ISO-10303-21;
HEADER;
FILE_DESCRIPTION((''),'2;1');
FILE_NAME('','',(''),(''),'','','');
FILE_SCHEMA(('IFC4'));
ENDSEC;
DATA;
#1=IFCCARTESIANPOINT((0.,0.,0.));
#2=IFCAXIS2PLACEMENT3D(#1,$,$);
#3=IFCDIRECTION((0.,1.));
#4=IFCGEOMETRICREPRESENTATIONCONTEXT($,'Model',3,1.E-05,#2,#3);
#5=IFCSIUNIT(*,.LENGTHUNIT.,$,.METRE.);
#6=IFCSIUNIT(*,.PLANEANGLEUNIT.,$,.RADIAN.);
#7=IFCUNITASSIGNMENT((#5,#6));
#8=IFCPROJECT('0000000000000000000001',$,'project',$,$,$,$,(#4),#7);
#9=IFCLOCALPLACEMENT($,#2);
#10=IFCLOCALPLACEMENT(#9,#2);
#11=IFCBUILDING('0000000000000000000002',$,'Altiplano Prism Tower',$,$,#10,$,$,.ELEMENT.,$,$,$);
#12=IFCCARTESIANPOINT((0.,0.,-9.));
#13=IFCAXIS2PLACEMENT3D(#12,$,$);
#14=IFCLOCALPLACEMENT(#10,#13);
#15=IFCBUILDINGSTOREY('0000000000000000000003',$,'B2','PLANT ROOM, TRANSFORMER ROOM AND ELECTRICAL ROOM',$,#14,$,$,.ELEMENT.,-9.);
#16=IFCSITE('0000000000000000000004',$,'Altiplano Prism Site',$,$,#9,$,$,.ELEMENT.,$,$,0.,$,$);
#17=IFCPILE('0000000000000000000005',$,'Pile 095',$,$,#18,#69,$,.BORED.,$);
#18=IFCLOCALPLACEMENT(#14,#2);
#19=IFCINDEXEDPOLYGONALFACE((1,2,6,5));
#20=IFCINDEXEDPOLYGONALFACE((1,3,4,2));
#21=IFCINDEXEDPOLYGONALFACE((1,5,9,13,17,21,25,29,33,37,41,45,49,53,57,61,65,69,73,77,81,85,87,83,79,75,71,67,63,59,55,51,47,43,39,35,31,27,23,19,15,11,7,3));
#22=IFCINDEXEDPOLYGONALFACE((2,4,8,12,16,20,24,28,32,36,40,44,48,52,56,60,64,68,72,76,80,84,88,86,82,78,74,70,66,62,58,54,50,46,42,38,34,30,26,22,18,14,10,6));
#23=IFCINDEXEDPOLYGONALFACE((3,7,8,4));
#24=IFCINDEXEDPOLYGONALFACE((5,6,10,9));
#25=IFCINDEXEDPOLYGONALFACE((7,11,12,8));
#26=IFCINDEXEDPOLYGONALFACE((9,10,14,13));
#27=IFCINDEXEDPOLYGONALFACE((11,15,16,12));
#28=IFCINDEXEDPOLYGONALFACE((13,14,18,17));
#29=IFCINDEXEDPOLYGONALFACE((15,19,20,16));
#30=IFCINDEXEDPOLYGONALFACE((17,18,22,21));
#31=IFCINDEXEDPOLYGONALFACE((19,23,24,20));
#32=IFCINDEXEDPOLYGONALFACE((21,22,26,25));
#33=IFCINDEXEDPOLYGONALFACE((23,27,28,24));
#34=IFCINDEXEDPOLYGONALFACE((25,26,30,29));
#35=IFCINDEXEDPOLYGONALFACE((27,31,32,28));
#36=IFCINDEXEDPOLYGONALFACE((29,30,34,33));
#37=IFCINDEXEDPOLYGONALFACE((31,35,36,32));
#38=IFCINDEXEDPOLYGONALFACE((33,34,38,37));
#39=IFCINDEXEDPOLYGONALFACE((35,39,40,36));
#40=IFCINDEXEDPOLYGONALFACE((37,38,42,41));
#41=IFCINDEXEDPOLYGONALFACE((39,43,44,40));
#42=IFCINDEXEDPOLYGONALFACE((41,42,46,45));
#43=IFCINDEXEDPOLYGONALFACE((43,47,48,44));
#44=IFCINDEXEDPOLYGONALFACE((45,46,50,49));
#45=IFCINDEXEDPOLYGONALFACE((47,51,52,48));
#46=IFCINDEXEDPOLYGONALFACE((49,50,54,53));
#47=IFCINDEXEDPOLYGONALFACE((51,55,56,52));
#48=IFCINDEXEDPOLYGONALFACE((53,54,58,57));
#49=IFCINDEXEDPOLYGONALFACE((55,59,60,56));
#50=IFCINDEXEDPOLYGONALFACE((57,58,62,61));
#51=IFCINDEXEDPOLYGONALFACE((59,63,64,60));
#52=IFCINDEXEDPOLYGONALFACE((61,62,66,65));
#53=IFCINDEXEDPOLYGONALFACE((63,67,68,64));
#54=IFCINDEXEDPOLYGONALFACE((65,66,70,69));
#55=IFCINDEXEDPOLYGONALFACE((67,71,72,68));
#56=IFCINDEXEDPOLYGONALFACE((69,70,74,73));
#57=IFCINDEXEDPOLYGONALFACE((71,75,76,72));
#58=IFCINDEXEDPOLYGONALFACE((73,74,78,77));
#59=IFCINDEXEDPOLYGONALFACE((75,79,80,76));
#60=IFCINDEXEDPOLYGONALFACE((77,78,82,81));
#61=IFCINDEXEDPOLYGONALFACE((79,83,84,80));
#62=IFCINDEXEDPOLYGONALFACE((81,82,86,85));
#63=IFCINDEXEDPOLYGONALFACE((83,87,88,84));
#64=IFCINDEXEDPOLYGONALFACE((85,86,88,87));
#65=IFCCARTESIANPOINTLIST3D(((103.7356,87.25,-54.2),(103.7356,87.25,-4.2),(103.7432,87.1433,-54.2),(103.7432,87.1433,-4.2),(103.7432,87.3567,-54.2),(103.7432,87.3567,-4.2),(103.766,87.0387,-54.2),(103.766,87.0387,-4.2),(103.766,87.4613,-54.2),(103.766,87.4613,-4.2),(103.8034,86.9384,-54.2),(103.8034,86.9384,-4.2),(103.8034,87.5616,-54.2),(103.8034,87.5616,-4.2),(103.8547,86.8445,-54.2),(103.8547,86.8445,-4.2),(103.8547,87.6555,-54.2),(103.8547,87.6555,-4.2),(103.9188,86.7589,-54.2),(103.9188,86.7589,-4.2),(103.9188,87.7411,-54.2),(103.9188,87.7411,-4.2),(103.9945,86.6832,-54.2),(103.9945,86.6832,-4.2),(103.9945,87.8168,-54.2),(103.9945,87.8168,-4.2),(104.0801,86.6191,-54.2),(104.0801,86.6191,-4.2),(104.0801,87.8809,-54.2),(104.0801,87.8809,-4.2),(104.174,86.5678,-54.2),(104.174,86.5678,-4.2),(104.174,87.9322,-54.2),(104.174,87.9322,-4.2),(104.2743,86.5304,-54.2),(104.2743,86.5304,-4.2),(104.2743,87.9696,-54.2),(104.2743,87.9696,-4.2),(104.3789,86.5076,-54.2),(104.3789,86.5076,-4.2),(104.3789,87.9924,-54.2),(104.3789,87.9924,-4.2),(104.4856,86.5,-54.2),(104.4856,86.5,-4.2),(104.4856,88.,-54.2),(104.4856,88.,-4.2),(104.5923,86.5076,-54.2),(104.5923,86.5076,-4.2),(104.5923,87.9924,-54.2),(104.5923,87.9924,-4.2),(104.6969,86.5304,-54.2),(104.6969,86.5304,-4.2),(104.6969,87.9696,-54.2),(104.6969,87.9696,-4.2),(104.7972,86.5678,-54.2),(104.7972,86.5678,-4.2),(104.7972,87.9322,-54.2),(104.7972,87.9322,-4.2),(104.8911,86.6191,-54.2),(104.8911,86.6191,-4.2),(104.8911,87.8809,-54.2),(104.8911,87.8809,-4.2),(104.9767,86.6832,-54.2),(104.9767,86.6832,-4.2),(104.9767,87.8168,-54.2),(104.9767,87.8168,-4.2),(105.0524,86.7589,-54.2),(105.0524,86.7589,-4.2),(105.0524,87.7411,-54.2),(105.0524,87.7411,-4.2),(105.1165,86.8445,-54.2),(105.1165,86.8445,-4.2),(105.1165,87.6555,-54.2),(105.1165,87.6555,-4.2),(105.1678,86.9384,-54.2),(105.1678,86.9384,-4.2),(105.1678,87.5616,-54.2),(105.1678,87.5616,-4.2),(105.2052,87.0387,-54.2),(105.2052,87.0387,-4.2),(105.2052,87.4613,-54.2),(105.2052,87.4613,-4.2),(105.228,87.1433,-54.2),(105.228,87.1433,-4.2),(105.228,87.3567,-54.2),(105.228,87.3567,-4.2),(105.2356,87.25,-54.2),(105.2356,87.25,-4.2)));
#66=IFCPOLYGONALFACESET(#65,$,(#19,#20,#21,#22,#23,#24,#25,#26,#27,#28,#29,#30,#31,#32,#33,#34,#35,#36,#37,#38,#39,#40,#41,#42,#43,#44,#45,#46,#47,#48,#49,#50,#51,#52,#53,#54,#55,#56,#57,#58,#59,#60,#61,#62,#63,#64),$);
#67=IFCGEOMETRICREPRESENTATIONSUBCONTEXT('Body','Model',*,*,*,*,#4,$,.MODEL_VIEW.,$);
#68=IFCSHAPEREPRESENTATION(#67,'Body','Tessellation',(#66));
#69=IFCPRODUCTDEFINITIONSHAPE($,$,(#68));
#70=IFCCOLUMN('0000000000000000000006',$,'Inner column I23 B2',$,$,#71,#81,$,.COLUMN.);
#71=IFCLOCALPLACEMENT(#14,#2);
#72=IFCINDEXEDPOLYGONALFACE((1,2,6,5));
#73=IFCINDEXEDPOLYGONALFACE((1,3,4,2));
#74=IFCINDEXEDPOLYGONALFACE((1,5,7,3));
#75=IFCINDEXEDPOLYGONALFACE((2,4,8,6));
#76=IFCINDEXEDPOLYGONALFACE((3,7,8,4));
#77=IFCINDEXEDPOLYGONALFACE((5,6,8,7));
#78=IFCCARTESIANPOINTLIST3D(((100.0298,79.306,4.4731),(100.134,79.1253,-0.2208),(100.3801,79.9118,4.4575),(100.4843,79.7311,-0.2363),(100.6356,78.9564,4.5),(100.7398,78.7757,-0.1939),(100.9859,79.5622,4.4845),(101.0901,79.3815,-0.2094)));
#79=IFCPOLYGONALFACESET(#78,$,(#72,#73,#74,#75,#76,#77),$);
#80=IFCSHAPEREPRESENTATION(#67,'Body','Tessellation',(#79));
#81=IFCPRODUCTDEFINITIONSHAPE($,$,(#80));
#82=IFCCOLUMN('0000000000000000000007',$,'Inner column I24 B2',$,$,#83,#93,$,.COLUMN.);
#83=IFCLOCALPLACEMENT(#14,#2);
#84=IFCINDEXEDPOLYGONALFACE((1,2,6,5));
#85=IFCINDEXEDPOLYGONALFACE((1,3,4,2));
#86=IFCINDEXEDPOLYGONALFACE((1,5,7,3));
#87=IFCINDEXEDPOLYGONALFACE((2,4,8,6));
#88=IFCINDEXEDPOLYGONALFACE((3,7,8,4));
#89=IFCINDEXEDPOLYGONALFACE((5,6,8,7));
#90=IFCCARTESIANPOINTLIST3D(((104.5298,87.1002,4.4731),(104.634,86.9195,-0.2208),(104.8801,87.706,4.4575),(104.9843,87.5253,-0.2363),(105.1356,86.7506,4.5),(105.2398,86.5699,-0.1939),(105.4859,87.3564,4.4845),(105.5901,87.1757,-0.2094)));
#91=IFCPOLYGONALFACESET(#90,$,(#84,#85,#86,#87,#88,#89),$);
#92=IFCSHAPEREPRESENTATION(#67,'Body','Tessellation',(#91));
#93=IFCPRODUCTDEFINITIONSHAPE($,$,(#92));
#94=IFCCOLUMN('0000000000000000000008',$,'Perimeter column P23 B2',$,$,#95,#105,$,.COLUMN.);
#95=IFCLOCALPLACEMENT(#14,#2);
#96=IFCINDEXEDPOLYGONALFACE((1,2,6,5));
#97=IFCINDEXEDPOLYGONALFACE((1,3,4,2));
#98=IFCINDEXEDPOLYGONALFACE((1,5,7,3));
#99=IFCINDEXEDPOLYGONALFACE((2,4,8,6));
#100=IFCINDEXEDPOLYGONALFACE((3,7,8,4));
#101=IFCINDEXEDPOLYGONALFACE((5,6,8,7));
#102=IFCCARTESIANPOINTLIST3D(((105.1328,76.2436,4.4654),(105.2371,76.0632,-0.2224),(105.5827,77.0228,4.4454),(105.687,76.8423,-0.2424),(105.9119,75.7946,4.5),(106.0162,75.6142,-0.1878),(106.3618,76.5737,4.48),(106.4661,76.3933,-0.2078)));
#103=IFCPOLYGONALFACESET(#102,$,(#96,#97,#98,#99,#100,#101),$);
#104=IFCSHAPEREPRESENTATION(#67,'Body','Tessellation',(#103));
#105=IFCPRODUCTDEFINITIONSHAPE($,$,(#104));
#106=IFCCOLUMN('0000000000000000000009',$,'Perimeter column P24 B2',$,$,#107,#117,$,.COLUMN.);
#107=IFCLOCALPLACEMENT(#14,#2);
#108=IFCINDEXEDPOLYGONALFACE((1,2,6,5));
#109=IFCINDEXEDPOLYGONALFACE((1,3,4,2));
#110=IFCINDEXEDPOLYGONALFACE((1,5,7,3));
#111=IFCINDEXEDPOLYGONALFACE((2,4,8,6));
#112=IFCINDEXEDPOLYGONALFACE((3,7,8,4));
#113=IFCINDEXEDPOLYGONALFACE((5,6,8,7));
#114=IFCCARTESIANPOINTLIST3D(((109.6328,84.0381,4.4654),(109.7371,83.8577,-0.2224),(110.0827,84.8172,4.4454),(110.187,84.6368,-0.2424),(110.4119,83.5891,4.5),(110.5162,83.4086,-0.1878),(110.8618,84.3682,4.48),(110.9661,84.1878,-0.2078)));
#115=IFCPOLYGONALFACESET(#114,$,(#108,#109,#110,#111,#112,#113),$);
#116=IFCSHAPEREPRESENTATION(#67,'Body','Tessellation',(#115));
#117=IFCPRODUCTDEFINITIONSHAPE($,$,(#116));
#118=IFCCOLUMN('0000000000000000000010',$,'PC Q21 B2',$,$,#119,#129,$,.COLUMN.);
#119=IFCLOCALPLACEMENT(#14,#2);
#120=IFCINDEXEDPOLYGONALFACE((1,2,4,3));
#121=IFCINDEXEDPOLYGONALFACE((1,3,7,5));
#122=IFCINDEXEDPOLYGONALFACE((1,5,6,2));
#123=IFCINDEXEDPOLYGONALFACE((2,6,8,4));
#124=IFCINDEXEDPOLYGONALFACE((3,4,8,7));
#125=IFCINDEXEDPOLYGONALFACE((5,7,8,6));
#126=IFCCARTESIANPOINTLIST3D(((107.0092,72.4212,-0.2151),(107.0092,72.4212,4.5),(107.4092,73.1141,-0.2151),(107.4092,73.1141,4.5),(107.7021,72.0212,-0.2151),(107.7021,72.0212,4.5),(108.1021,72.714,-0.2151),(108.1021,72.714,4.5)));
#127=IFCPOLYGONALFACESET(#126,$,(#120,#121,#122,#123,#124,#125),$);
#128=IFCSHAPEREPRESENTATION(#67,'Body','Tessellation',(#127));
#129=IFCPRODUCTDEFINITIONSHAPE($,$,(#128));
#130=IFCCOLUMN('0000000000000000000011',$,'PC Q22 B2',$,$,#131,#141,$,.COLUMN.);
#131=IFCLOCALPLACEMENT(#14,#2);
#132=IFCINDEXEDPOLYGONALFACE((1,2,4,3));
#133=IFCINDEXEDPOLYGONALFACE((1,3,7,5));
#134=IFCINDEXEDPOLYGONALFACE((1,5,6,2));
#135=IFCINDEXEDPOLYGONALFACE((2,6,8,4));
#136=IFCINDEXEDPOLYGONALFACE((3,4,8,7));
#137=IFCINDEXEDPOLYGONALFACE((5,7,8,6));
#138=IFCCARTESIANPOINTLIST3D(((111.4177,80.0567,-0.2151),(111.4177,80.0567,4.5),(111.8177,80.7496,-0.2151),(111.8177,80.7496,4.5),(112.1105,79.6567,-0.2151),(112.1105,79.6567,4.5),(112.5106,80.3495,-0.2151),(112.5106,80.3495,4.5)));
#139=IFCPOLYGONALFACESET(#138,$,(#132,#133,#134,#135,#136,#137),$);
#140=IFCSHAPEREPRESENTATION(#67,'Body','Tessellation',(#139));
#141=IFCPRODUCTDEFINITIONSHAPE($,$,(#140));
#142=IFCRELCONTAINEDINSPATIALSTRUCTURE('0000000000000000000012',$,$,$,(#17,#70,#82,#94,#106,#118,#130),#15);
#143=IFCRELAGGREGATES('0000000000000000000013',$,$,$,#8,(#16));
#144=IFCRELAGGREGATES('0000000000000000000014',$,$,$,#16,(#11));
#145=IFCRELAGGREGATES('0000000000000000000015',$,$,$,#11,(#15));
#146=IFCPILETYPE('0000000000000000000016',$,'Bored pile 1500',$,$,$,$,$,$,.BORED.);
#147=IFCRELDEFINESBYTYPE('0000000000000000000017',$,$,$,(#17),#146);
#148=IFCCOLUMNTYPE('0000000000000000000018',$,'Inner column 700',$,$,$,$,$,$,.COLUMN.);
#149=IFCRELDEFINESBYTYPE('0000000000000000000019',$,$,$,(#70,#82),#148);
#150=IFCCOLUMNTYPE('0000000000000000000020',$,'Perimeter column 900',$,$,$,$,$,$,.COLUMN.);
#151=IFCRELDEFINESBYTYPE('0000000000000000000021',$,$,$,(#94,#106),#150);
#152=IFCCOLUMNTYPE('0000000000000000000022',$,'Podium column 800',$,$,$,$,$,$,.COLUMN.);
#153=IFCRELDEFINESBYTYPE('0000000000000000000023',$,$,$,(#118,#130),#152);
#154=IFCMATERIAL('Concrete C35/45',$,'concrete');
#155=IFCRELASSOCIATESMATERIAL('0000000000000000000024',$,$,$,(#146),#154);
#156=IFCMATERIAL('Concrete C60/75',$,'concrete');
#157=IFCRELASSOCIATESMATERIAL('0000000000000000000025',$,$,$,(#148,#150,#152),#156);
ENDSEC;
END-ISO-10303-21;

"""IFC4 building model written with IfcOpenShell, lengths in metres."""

from ifc_helpers import new_model, si_unit, direction, frame, origin, origin_2d, place, context, subcontext, project, spatial, rectangle, circle, extrude, material, material_profile, profile_set, type_object, element, save


model = new_model("IFC4")

# Units and contexts
model_context = context("Model", 3, precision=1e-05, world=origin(), true_north=direction((0.0, 1.0)))
body_context = subcontext(model_context, "Body", "Model", "MODEL_VIEW")
ifc_project = project(units=[si_unit("LENGTHUNIT", "METRE"), si_unit("PLANEANGLEUNIT", "RADIAN")], contexts=[model_context])

# Site, building, storey
site_placement = place(None, origin())
site = spatial("IfcSite", under=ifc_project, at=site_placement, Name="Altiplano Prism Site", CompositionType="ELEMENT", RefElevation=0.0)
building_placement = place(site_placement, origin())
building = spatial("IfcBuilding", under=site, at=building_placement, Name="Altiplano Prism Tower", CompositionType="ELEMENT")
storey_placement = place(building_placement, frame((0.0, 0.0, -9.0)))
storey = spatial("IfcBuildingStorey", under=building, at=storey_placement, Name="B2", Description="PLANT ROOM, TRANSFORMER ROOM AND ELECTRICAL ROOM", CompositionType="ELEMENT", Elevation=-9.0)

# Pile
ifc_material_1 = material(Name="Concrete C35/45", Category="concrete")
ifc_material_profile_1 = material_profile(ifc_material_1, circle(Radius=0.75, at=origin_2d()), Name="Bored pile 1500")
ifc_profile_set_1 = profile_set([ifc_material_profile_1], Name="Concrete C35/45")
pile_type = type_object("IfcPileType", Name="Bored pile 1500", PredefinedType="BORED", material=ifc_profile_set_1)
for number, where, z_axis, x_axis, name in (
    (1, (104.4856, 87.25, -4.2), (0.0, 0.0, -1.0), (1.0, 0.0, 0.0), "Pile 095"),
):
    element("IfcPile", number, at=place(storey_placement, frame(where, z_axis=z_axis, x_axis=x_axis)), inside=storey, type_object=pile_type, Name=name, PredefinedType="BORED", context=body_context, shape_type="SweptSolid", body=[
        extrude(circle(Radius=0.75, at=origin_2d()), origin(), (0.0, 0.0, 1.0), 50.0),
    ])

# Columns
ifc_material_2 = material(Name="Concrete C60/75", Category="concrete")
ifc_material_profile_2 = material_profile(ifc_material_2, rectangle(XDim=0.7, YDim=0.7, at=origin_2d()), Name="Inner column 700")
ifc_profile_set_2 = profile_set([ifc_material_profile_2], Name="Concrete C60/75")
column_type_1 = type_object("IfcColumnType", Name="Inner column 700", PredefinedType="COLUMN", material=ifc_profile_set_2)
for number, where, z_axis, x_axis, name in (
    (2, (100.6121, 79.2534, -0.2151), (-0.022188, 0.038452, 0.999014), (-0.500454, -0.865479, 0.022197), "Inner column I23 B2"),
    (3, (105.1121, 87.0476, -0.2151), (-0.022188, 0.038452, 0.999014), (-0.500452, -0.86548, 0.022197), "Inner column I24 B2"),
):
    element("IfcColumn", number, at=place(storey_placement, frame(where, z_axis=z_axis, x_axis=x_axis)), inside=storey, type_object=column_type_1, Name=name, PredefinedType="COLUMN", context=body_context, shape_type="SweptSolid", body=[
        extrude(rectangle(XDim=0.7, YDim=0.7, at=origin_2d()), origin(), (0.0, 0.0, 1.0), 4.6985),
    ])
ifc_material_profile_3 = material_profile(ifc_material_2, rectangle(XDim=0.8999, YDim=0.8999, at=origin_2d()), Name="Perimeter column 900")
ifc_profile_set_3 = profile_set([ifc_material_profile_3], Name="Concrete C60/75")
column_type_2 = type_object("IfcColumnType", Name="Perimeter column 900", PredefinedType="COLUMN", material=ifc_profile_set_3)
for number, where, z_axis, x_axis, name in (
    (4, (105.8516, 76.2283, -0.2151), (-0.022216, 0.03845, 0.999014), (-0.499947, -0.865771, 0.022203), "Perimeter column P23 B2"),
    (5, (110.3516, 84.0227, -0.2151), (-0.022216, 0.03845, 0.999014), (-0.499945, -0.865773, 0.022204), "Perimeter column P24 B2"),
):
    element("IfcColumn", number, at=place(storey_placement, frame(where, z_axis=z_axis, x_axis=x_axis)), inside=storey, type_object=column_type_2, Name=name, PredefinedType="COLUMN", context=body_context, shape_type="SweptSolid", body=[
        extrude(rectangle(XDim=0.8999, YDim=0.8999, at=origin_2d()), origin(), (0.0, 0.0, 1.0), 4.6924),
    ])
ifc_material_profile_4 = material_profile(ifc_material_2, rectangle(XDim=0.8, YDim=0.8, at=origin_2d()), Name="Podium column 800")
ifc_profile_set_4 = profile_set([ifc_material_profile_4], Name="Concrete C60/75")
column_type_3 = type_object("IfcColumnType", Name="Podium column 800", PredefinedType="COLUMN", material=ifc_profile_set_4)
for number, where, z_axis, x_axis, name in (
    (6, (107.5557, 72.5676, -0.2151), (0.0, 0.0, 1.0), (0.5, 0.866025, 0.0), "PC Q21 B2"),
    (7, (111.9641, 80.2031, -0.2151), (0.0, 0.0, 1.0), (0.5, 0.866025, 0.0), "PC Q22 B2"),
):
    element("IfcColumn", number, at=place(storey_placement, frame(where, z_axis=z_axis, x_axis=x_axis)), inside=storey, type_object=column_type_3, Name=name, PredefinedType="COLUMN", context=body_context, shape_type="SweptSolid", body=[
        extrude(rectangle(XDim=0.8, YDim=0.8, at=origin_2d()), origin(), (0.0, 0.0, 1.0), 4.7151),
    ])

save(model, "model.ifc")
